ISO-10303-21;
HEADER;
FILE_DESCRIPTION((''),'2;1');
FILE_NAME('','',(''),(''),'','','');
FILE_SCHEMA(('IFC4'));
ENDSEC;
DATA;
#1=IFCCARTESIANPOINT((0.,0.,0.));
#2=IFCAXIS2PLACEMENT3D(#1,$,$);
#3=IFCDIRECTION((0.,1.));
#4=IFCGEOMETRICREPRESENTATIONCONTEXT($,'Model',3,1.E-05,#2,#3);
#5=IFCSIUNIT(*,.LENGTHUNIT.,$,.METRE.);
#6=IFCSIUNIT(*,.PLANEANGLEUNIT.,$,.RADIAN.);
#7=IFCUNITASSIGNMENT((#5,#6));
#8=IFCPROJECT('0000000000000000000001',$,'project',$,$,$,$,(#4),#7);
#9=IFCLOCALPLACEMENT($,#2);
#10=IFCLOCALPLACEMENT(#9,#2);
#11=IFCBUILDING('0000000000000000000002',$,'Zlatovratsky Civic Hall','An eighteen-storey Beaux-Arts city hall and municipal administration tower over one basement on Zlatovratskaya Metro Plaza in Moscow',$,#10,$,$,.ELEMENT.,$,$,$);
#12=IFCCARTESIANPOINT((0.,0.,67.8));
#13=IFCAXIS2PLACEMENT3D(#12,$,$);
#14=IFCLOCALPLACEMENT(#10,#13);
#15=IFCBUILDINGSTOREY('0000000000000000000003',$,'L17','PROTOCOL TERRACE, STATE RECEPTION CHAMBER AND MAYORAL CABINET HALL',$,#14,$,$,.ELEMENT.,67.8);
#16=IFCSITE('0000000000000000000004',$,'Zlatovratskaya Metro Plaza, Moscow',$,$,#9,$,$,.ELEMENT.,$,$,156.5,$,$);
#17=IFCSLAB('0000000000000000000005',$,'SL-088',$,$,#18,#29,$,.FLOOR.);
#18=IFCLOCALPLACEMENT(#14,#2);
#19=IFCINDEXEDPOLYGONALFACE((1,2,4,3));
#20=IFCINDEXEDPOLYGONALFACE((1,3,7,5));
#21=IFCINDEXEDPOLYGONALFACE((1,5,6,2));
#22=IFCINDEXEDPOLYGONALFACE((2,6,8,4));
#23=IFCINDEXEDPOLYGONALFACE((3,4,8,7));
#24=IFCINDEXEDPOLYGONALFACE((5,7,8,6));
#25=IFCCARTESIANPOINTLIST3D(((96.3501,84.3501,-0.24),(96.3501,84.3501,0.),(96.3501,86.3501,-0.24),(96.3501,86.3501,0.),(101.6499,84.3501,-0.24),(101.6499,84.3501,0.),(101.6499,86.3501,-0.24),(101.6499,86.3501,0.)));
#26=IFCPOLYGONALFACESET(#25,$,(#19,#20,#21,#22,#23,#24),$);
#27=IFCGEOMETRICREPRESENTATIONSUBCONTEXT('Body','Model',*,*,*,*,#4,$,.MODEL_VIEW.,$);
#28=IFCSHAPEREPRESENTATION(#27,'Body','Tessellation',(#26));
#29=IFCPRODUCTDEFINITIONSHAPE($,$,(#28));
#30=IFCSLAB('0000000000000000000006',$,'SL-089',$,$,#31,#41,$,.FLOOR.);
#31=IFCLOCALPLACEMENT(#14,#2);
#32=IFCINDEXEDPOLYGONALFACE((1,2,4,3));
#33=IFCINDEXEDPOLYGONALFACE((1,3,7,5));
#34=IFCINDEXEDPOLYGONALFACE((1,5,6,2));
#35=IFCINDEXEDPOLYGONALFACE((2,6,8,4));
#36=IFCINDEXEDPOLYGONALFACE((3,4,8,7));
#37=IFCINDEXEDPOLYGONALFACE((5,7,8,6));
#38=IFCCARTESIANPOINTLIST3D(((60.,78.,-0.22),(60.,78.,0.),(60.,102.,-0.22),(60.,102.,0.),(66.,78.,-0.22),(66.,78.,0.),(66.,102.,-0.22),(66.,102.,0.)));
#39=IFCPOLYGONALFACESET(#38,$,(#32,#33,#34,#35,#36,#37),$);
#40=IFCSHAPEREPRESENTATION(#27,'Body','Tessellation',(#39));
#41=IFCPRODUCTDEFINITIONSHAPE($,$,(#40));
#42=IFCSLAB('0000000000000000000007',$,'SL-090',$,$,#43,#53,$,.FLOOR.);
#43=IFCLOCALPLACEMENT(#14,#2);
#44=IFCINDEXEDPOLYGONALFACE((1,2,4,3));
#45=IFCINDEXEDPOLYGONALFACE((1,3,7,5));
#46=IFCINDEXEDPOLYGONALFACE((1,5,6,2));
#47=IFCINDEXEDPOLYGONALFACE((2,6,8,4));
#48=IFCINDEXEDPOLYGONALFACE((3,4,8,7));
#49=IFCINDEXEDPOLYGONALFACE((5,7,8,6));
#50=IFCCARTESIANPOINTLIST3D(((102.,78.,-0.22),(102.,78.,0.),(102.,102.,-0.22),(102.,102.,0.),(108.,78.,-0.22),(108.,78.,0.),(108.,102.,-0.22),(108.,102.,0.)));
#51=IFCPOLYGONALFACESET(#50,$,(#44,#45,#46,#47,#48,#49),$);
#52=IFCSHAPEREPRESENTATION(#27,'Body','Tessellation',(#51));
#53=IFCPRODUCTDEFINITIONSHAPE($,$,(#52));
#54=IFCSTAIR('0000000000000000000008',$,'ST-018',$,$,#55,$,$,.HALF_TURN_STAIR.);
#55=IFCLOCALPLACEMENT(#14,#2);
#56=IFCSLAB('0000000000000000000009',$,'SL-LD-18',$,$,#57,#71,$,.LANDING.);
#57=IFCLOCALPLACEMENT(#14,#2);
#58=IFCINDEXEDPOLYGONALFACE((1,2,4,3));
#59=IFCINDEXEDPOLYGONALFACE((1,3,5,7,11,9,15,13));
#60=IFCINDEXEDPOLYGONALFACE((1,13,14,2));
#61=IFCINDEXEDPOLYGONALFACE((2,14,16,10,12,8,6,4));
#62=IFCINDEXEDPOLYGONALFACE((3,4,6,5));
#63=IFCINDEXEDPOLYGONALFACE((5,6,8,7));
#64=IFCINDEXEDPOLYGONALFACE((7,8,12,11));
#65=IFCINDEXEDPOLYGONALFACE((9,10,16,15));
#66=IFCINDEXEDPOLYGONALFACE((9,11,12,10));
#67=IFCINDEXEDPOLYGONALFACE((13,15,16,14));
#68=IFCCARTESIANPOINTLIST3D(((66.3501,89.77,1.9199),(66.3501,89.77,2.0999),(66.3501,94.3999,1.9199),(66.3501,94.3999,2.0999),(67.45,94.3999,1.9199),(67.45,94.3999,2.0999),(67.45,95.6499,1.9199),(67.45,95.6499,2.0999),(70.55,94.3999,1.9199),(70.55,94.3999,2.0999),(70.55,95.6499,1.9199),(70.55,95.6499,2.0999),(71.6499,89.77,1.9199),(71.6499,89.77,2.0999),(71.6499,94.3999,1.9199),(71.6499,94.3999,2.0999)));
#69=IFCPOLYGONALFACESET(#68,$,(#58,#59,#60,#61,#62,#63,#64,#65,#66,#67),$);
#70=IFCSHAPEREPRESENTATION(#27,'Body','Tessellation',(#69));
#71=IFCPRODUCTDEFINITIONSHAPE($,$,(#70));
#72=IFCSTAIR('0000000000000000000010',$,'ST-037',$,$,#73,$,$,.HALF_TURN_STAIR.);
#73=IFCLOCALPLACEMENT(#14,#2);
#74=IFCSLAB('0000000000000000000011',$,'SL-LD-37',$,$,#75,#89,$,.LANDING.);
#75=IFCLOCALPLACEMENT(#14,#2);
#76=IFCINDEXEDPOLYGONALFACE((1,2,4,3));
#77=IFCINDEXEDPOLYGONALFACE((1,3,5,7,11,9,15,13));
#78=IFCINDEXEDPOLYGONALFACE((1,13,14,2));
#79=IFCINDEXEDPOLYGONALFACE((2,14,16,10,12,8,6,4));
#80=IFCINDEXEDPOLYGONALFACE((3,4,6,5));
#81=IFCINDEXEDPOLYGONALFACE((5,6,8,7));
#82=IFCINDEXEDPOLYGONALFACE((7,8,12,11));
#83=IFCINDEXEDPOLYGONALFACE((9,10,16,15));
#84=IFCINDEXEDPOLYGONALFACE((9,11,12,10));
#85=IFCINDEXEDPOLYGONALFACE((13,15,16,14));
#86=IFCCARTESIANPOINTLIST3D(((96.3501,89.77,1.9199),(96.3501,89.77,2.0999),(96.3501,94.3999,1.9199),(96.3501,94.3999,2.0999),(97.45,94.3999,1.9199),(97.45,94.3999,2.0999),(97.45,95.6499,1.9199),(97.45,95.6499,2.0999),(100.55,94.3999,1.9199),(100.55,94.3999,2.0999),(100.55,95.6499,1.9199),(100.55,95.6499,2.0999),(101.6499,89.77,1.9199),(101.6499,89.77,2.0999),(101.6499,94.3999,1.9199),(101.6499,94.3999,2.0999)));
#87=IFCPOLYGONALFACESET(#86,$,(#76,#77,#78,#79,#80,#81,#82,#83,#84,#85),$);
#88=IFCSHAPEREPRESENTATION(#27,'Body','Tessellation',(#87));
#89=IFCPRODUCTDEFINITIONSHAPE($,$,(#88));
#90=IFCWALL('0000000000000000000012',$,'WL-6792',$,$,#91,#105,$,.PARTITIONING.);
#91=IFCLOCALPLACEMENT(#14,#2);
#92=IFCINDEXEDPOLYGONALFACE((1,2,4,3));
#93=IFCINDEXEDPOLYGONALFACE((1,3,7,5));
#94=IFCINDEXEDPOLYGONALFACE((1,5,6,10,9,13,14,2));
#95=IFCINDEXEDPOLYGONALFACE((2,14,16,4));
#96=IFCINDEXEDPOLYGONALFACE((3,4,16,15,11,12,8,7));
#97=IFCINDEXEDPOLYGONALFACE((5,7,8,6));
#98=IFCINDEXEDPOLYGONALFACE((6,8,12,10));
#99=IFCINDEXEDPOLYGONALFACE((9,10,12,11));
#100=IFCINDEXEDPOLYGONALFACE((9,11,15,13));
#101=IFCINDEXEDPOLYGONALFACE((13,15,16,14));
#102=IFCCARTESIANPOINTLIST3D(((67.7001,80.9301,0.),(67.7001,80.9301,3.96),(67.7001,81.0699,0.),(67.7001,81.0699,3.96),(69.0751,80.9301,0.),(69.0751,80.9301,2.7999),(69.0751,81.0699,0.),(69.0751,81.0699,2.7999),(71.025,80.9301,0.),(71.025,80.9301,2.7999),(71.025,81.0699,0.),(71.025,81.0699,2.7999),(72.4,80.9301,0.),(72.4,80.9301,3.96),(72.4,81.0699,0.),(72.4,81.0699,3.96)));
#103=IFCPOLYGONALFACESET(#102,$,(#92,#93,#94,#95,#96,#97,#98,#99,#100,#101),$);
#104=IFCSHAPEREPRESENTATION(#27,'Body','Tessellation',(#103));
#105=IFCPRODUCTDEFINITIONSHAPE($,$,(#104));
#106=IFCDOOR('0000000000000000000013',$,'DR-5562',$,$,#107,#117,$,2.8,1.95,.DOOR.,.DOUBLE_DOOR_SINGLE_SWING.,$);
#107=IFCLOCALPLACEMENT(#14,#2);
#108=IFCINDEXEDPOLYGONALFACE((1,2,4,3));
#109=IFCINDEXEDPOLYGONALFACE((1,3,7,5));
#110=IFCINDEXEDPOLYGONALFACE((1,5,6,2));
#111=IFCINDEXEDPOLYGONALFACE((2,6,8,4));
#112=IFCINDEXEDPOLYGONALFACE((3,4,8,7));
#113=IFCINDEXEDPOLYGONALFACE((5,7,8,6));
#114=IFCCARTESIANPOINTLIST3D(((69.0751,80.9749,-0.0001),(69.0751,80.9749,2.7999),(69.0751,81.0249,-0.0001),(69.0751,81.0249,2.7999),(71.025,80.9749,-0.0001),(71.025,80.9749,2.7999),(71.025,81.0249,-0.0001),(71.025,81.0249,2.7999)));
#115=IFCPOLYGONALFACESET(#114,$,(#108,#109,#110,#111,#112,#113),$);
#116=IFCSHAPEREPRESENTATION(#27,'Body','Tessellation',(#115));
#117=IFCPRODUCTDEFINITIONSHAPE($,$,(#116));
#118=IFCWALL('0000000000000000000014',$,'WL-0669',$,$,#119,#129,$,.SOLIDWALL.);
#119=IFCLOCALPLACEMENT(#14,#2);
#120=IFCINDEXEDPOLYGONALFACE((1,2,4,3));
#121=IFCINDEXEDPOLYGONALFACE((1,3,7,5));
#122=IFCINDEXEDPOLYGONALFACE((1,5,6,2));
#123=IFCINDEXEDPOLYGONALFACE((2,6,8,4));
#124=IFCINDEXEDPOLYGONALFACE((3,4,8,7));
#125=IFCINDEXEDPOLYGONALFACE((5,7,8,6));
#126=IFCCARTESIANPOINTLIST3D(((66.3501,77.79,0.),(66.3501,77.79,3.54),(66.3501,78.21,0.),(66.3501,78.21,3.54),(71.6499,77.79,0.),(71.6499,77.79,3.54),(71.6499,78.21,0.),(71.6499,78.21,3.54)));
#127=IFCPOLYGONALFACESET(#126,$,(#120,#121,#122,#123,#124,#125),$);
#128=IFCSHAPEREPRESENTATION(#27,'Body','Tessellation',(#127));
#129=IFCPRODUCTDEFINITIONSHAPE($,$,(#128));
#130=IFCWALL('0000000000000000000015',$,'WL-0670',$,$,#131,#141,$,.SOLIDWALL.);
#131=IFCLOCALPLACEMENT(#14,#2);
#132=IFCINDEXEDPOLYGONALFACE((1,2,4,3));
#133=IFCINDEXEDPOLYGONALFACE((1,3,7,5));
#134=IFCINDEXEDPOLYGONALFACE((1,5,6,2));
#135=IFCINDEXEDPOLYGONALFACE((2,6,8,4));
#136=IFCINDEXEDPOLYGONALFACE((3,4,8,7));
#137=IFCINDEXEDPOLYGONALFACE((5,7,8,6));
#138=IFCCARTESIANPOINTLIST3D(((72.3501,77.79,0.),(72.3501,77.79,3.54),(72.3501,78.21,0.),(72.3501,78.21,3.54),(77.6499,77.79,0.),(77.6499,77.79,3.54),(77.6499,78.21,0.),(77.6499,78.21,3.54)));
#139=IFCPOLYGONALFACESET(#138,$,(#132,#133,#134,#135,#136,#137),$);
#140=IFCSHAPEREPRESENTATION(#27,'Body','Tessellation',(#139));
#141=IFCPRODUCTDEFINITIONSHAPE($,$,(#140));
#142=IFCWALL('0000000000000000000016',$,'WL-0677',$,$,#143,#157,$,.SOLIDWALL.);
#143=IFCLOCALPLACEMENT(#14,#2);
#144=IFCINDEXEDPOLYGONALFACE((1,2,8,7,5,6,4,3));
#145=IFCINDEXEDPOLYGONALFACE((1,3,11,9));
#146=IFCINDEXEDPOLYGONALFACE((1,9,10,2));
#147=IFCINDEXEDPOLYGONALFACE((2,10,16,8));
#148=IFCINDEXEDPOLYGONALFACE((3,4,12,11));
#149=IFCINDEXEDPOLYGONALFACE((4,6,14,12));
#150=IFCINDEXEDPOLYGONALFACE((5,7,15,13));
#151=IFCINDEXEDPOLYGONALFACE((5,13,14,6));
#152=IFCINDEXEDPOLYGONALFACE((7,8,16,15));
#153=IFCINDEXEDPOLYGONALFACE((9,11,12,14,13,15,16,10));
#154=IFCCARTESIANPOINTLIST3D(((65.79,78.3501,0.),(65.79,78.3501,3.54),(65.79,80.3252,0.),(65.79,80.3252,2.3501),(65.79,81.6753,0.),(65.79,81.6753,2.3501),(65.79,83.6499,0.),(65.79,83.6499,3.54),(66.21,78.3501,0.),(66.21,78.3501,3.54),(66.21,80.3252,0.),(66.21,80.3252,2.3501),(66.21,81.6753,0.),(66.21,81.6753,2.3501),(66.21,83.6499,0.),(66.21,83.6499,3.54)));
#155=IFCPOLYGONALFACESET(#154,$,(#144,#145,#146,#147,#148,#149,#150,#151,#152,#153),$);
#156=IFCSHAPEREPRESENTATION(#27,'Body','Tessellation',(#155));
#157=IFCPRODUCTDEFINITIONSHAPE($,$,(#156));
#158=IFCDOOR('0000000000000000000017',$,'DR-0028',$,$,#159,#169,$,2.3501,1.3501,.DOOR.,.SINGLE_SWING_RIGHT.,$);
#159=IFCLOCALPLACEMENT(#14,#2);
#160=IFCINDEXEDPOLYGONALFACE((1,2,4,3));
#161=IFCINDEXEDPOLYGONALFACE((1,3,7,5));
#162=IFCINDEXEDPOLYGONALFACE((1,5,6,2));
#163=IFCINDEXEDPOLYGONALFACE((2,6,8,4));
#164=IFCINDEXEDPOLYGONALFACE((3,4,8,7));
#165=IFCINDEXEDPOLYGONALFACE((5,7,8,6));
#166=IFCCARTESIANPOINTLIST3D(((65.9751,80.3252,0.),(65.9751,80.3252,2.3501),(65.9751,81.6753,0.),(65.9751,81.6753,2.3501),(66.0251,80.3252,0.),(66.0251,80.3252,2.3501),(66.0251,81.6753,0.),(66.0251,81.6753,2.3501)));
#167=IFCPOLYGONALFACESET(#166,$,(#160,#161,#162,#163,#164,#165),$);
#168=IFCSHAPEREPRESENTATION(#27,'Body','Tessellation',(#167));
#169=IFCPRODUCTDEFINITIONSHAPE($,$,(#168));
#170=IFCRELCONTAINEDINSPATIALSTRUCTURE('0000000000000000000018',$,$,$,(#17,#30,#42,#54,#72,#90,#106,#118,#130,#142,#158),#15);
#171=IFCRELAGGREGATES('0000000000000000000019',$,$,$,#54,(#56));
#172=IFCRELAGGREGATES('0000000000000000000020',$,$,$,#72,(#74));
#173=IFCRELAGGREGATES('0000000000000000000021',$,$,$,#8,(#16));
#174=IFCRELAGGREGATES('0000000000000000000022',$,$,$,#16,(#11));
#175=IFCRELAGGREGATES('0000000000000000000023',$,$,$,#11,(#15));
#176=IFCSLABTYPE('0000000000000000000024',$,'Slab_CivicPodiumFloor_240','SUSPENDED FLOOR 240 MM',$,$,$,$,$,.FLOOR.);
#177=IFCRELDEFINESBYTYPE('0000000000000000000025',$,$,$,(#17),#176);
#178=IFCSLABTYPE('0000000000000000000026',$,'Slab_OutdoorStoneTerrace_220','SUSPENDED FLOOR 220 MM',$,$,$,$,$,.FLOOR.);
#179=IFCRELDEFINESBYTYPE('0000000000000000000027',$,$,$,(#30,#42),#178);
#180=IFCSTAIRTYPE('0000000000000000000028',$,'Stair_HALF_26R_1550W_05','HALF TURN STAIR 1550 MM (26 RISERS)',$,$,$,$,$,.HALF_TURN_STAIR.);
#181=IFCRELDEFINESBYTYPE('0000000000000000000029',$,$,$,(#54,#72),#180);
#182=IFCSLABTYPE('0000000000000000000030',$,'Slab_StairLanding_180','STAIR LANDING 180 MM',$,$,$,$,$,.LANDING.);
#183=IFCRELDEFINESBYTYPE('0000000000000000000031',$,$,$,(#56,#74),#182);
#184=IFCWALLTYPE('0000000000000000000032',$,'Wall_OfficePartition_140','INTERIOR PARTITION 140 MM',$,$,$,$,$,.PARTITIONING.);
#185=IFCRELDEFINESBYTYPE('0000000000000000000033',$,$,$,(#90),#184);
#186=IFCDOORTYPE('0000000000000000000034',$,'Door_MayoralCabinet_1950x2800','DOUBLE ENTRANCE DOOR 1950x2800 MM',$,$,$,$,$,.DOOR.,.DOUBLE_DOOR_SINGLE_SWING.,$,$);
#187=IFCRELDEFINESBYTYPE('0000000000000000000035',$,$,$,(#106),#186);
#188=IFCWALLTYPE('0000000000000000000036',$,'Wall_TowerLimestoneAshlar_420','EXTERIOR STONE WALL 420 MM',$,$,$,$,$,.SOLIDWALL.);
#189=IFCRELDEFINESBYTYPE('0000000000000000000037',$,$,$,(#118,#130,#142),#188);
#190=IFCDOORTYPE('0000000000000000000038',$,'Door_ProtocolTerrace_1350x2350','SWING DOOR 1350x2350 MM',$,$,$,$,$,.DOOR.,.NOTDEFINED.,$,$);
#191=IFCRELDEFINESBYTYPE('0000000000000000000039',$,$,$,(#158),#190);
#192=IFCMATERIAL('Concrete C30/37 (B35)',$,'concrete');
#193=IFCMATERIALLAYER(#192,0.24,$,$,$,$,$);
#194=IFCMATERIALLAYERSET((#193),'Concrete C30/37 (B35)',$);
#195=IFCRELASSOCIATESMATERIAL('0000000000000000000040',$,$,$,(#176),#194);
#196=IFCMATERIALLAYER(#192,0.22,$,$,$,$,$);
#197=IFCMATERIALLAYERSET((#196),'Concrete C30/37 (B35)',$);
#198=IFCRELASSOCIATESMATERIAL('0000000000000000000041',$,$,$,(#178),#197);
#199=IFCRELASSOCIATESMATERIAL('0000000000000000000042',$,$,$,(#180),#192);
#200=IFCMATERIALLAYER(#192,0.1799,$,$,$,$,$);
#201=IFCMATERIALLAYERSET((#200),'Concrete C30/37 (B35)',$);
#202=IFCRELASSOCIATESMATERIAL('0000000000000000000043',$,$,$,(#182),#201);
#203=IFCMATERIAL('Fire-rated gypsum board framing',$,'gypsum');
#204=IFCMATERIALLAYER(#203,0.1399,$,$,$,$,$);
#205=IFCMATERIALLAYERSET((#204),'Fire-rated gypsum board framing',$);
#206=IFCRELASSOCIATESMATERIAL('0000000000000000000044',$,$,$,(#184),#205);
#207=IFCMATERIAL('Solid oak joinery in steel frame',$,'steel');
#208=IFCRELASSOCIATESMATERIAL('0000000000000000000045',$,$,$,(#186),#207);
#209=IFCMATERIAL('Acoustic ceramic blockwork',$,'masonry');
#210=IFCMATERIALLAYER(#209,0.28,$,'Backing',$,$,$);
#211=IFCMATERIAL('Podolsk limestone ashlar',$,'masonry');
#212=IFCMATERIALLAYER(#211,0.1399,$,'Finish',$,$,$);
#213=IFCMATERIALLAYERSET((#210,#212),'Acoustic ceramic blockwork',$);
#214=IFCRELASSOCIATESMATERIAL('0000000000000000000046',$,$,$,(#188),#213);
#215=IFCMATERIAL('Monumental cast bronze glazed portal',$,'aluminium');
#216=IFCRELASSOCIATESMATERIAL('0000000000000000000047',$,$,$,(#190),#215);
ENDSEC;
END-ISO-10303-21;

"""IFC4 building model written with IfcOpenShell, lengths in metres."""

from ifc_helpers import new_model, si_unit, direction, frame, frame_2d, origin, place, context, subcontext, project, spatial, polyline, rectangle, outline, extrude, material, layer, layer_set, type_object, element, fill, aggregate, save


model = new_model("IFC4")

# Units and contexts
model_context = context("Model", 3, precision=1e-05, world=origin(), true_north=direction((0.0, 1.0)))
body_context = subcontext(model_context, "Body", "Model", "MODEL_VIEW")
ifc_project = project(units=[si_unit("LENGTHUNIT", "METRE"), si_unit("PLANEANGLEUNIT", "RADIAN")], contexts=[model_context])

# Site, building, storey
site_placement = place(None, origin())
site = spatial("IfcSite", under=ifc_project, at=site_placement, Name="Zlatovratskaya Metro Plaza, Moscow", CompositionType="ELEMENT", RefElevation=156.5)
building_placement = place(site_placement, origin())
building = spatial("IfcBuilding", under=site, at=building_placement, Name="Zlatovratsky Civic Hall", Description="An eighteen-storey Beaux-Arts city hall and municipal administration tower over one basement on Zlatovratskaya Metro Plaza in Moscow", CompositionType="ELEMENT")
storey_placement = place(building_placement, frame((0.0, 0.0, 67.8)))
storey = spatial("IfcBuildingStorey", under=building, at=storey_placement, Name="L17", Description="PROTOCOL TERRACE, STATE RECEPTION CHAMBER AND MAYORAL CABINET HALL", CompositionType="ELEMENT", Elevation=67.8)

# Slabs
ifc_material_1 = material(Name="Concrete C30/37 (B35)", Category="concrete")
ifc_layer_1 = layer(ifc_material_1, 0.24)
ifc_layer_set_1 = layer_set([ifc_layer_1], Name="Concrete C30/37 (B35)")
slab_type_1 = type_object("IfcSlabType", Name="Slab_CivicPodiumFloor_240", Description="SUSPENDED FLOOR 240 MM", PredefinedType="FLOOR", material=ifc_layer_set_1)
slab_1_placement = place(storey_placement, frame((0.0, 0.0, -0.24)))
element("IfcSlab", 1, at=slab_1_placement, inside=storey, type_object=slab_type_1, Name="SL-088", PredefinedType="FLOOR", context=body_context, shape_type="SweptSolid", body=[
    extrude(outline(polyline([(96.3501, 84.3501), (101.6499, 84.3501), (101.6499, 86.3501), (96.3501, 86.3501), (96.3501, 84.3501)])), origin(), (0.0, 0.0, 1.0), 0.24),
])
ifc_layer_2 = layer(ifc_material_1, 0.22)
ifc_layer_set_2 = layer_set([ifc_layer_2], Name="Concrete C30/37 (B35)")
slab_type_2 = type_object("IfcSlabType", Name="Slab_OutdoorStoneTerrace_220", Description="SUSPENDED FLOOR 220 MM", PredefinedType="FLOOR", material=ifc_layer_set_2)
slab_2_placement = place(storey_placement, frame((0.0, 0.0, -0.22)))
element("IfcSlab", 2, at=slab_2_placement, inside=storey, type_object=slab_type_2, Name="SL-089", PredefinedType="FLOOR", context=body_context, shape_type="SweptSolid", body=[
    extrude(outline(polyline([(60.0, 78.0), (66.0, 78.0), (66.0, 102.0), (60.0, 102.0), (60.0, 78.0)])), origin(), (0.0, 0.0, 1.0), 0.22),
])
slab_3_placement = place(storey_placement, frame((0.0, 0.0, -0.22)))
element("IfcSlab", 3, at=slab_3_placement, inside=storey, type_object=slab_type_2, Name="SL-090", PredefinedType="FLOOR", context=body_context, shape_type="SweptSolid", body=[
    extrude(outline(polyline([(102.0, 78.0), (108.0, 78.0), (108.0, 102.0), (102.0, 102.0), (102.0, 78.0)])), origin(), (0.0, 0.0, 1.0), 0.22),
])

# Stairs, slabs
stair_type = type_object("IfcStairType", Name="Stair_HALF_26R_1550W_05", Description="HALF TURN STAIR 1550 MM (26 RISERS)", PredefinedType="HALF_TURN_STAIR", material=ifc_material_1)
stair_1_placement = place(storey_placement, origin())
stair_1 = element("IfcStair", 4, at=stair_1_placement, inside=storey, type_object=stair_type, Name="ST-018", PredefinedType="HALF_TURN_STAIR")
ifc_layer_3 = layer(ifc_material_1, 0.1799)
ifc_layer_set_3 = layer_set([ifc_layer_3], Name="Concrete C30/37 (B35)")
slab_type_3 = type_object("IfcSlabType", Name="Slab_StairLanding_180", Description="STAIR LANDING 180 MM", PredefinedType="LANDING", material=ifc_layer_set_3)
slab_4_placement = place(storey_placement, frame((0.0, 0.0, 1.9199)))
slab_4 = element("IfcSlab", 5, at=slab_4_placement, type_object=slab_type_3, Name="SL-LD-18", PredefinedType="LANDING", context=body_context, shape_type="SweptSolid", body=[
    extrude(outline(polyline([(66.3501, 89.77), (71.6499, 89.77), (71.6499, 94.3999), (70.55, 94.3999), (70.55, 95.6499), (67.45, 95.6499), (67.45, 94.3999), (66.3501, 94.3999), (66.3501, 89.77)])), origin(), (0.0, 0.0, 1.0), 0.1799),
])
aggregate(stair_1, [slab_4])
stair_2_placement = place(storey_placement, origin())
stair_2 = element("IfcStair", 6, at=stair_2_placement, inside=storey, type_object=stair_type, Name="ST-037", PredefinedType="HALF_TURN_STAIR")
slab_5_placement = place(storey_placement, frame((0.0, 0.0, 1.9199)))
slab_5 = element("IfcSlab", 7, at=slab_5_placement, type_object=slab_type_3, Name="SL-LD-37", PredefinedType="LANDING", context=body_context, shape_type="SweptSolid", body=[
    extrude(outline(polyline([(96.3501, 89.77), (101.6499, 89.77), (101.6499, 94.3999), (100.55, 94.3999), (100.55, 95.6499), (97.45, 95.6499), (97.45, 94.3999), (96.3501, 94.3999), (96.3501, 89.77)])), origin(), (0.0, 0.0, 1.0), 0.1799),
])
aggregate(stair_2, [slab_5])

# Wall, opening, door
ifc_material_2 = material(Name="Fire-rated gypsum board framing", Category="gypsum")
ifc_layer_4 = layer(ifc_material_2, 0.1399)
ifc_layer_set_4 = layer_set([ifc_layer_4], Name="Fire-rated gypsum board framing")
wall_type_1 = type_object("IfcWallType", Name="Wall_OfficePartition_140", Description="INTERIOR PARTITION 140 MM", PredefinedType="PARTITIONING", material=ifc_layer_set_4)
wall_1_placement = place(storey_placement, frame((67.7, 81.0, 0.0), z_axis=(0.0, 0.0, 1.0), x_axis=(1.0, 0.0, 0.0)))
wall_1 = element("IfcWall", 8, at=wall_1_placement, inside=storey, type_object=wall_type_1, Name="WL-6792", PredefinedType="PARTITIONING", context=body_context, shape_type="SweptSolid", body=[
    extrude(rectangle(XDim=4.7, YDim=0.1399, at=frame_2d((2.3501, 0.0))), origin(), (0.0, 0.0, 1.0), 3.96),
])
opening_1_placement = place(wall_1_placement, frame((1.375, 0.0, 0.0)))
opening_1 = element("IfcOpeningElement", 9, at=opening_1_placement, cuts=wall_1, PredefinedType="OPENING", context=body_context, shape_type="SweptSolid", body=[
    extrude(rectangle(XDim=1.95, YDim=2.8, at=frame_2d((0.9751, 1.3999))), frame((0.0, 0.085, 0.0), z_axis=(0.0, -1.0, 0.0), x_axis=(1.0, 0.0, 0.0)), (0.0, 0.0, 1.0), 0.1697),
])
ifc_material_3 = material(Name="Solid oak joinery in steel frame", Category="steel")
door_type_1 = type_object("IfcDoorType", Name="Door_MayoralCabinet_1950x2800", Description="DOUBLE ENTRANCE DOOR 1950x2800 MM", OperationType="DOUBLE_DOOR_SINGLE_SWING", PredefinedType="DOOR", material=ifc_material_3)
door_1_placement = place(opening_1_placement, origin())
door_1 = element("IfcDoor", 10, at=door_1_placement, inside=storey, type_object=door_type_1, Name="DR-5562", OperationType="DOUBLE_DOOR_SINGLE_SWING", OverallHeight=2.8, OverallWidth=1.95, PredefinedType="DOOR", context=body_context, shape_type="SweptSolid", body=[
    extrude(rectangle(XDim=1.95, YDim=2.8, at=frame_2d((0.9751, 1.3999))), frame((0.0, 0.0249, 0.0), z_axis=(0.0, -1.0, 0.0), x_axis=(1.0, 0.0, 0.0)), (0.0, 0.0, 1.0), 0.05),
])
fill(opening_1, door_1)

# Walls
ifc_material_4 = material(Name="Acoustic ceramic blockwork", Category="masonry")
ifc_layer_5 = layer(ifc_material_4, 0.28, Name="Backing")
ifc_material_5 = material(Name="Podolsk limestone ashlar", Category="masonry")
ifc_layer_6 = layer(ifc_material_5, 0.1399, Name="Finish")
ifc_layer_set_5 = layer_set([ifc_layer_5, ifc_layer_6], Name="Acoustic ceramic blockwork")
wall_type_2 = type_object("IfcWallType", Name="Wall_TowerLimestoneAshlar_420", Description="EXTERIOR STONE WALL 420 MM", PredefinedType="SOLIDWALL", material=ifc_layer_set_5)
for number, where, z_axis, x_axis, name in (
    (11, (66.3501, 78.0, 0.0), (0.0, 0.0, 1.0), (1.0, 0.0, 0.0), "WL-0669"),
    (12, (72.3501, 78.0, 0.0), (0.0, 0.0, 1.0), (1.0, 0.0, 0.0), "WL-0670"),
):
    element("IfcWall", number, at=place(storey_placement, frame(where, z_axis=z_axis, x_axis=x_axis)), inside=storey, type_object=wall_type_2, Name=name, PredefinedType="SOLIDWALL", context=body_context, shape_type="SweptSolid", body=[
        extrude(rectangle(XDim=5.2998, YDim=0.4199, at=frame_2d((2.6499, 0.0))), origin(), (0.0, 0.0, 1.0), 3.54),
    ])

# Wall, opening, door
wall_2_placement = place(storey_placement, frame((66.0, 78.3501, 0.0), z_axis=(0.0, 0.0, 1.0), x_axis=(0.0, 1.0, 0.0)))
wall_2 = element("IfcWall", 13, at=wall_2_placement, inside=storey, type_object=wall_type_2, Name="WL-0677", PredefinedType="SOLIDWALL", context=body_context, shape_type="SweptSolid", body=[
    extrude(rectangle(XDim=5.2998, YDim=0.4199, at=frame_2d((2.6499, 0.0))), origin(), (0.0, 0.0, 1.0), 3.54),
])
opening_2_placement = place(wall_2_placement, frame((1.9751, 0.0, 0.0)))
opening_2 = element("IfcOpeningElement", 14, at=opening_2_placement, cuts=wall_2, PredefinedType="OPENING", context=body_context, shape_type="SweptSolid", body=[
    extrude(rectangle(XDim=1.3501, YDim=2.3501, at=frame_2d((0.675, 1.175))), frame((0.0, 0.2249, 0.0), z_axis=(0.0, -1.0, 0.0), x_axis=(1.0, 0.0, 0.0)), (0.0, 0.0, 1.0), 0.4497),
])
ifc_material_6 = material(Name="Monumental cast bronze glazed portal", Category="aluminium")
door_type_2 = type_object("IfcDoorType", Name="Door_ProtocolTerrace_1350x2350", Description="SWING DOOR 1350x2350 MM", OperationType="NOTDEFINED", PredefinedType="DOOR", material=ifc_material_6)
door_2_placement = place(opening_2_placement, origin())
door_2 = element("IfcDoor", 15, at=door_2_placement, inside=storey, type_object=door_type_2, Name="DR-0028", OperationType="SINGLE_SWING_RIGHT", OverallHeight=2.3501, OverallWidth=1.3501, PredefinedType="DOOR", context=body_context, shape_type="SweptSolid", body=[
    extrude(rectangle(XDim=1.3501, YDim=2.3501, at=frame_2d((0.675, 1.175))), frame((0.0, 0.0249, 0.0), z_axis=(0.0, -1.0, 0.0), x_axis=(1.0, 0.0, 0.0)), (0.0, 0.0, 1.0), 0.05),
])
fill(opening_2, door_2)

save(model, "model.ifc")
